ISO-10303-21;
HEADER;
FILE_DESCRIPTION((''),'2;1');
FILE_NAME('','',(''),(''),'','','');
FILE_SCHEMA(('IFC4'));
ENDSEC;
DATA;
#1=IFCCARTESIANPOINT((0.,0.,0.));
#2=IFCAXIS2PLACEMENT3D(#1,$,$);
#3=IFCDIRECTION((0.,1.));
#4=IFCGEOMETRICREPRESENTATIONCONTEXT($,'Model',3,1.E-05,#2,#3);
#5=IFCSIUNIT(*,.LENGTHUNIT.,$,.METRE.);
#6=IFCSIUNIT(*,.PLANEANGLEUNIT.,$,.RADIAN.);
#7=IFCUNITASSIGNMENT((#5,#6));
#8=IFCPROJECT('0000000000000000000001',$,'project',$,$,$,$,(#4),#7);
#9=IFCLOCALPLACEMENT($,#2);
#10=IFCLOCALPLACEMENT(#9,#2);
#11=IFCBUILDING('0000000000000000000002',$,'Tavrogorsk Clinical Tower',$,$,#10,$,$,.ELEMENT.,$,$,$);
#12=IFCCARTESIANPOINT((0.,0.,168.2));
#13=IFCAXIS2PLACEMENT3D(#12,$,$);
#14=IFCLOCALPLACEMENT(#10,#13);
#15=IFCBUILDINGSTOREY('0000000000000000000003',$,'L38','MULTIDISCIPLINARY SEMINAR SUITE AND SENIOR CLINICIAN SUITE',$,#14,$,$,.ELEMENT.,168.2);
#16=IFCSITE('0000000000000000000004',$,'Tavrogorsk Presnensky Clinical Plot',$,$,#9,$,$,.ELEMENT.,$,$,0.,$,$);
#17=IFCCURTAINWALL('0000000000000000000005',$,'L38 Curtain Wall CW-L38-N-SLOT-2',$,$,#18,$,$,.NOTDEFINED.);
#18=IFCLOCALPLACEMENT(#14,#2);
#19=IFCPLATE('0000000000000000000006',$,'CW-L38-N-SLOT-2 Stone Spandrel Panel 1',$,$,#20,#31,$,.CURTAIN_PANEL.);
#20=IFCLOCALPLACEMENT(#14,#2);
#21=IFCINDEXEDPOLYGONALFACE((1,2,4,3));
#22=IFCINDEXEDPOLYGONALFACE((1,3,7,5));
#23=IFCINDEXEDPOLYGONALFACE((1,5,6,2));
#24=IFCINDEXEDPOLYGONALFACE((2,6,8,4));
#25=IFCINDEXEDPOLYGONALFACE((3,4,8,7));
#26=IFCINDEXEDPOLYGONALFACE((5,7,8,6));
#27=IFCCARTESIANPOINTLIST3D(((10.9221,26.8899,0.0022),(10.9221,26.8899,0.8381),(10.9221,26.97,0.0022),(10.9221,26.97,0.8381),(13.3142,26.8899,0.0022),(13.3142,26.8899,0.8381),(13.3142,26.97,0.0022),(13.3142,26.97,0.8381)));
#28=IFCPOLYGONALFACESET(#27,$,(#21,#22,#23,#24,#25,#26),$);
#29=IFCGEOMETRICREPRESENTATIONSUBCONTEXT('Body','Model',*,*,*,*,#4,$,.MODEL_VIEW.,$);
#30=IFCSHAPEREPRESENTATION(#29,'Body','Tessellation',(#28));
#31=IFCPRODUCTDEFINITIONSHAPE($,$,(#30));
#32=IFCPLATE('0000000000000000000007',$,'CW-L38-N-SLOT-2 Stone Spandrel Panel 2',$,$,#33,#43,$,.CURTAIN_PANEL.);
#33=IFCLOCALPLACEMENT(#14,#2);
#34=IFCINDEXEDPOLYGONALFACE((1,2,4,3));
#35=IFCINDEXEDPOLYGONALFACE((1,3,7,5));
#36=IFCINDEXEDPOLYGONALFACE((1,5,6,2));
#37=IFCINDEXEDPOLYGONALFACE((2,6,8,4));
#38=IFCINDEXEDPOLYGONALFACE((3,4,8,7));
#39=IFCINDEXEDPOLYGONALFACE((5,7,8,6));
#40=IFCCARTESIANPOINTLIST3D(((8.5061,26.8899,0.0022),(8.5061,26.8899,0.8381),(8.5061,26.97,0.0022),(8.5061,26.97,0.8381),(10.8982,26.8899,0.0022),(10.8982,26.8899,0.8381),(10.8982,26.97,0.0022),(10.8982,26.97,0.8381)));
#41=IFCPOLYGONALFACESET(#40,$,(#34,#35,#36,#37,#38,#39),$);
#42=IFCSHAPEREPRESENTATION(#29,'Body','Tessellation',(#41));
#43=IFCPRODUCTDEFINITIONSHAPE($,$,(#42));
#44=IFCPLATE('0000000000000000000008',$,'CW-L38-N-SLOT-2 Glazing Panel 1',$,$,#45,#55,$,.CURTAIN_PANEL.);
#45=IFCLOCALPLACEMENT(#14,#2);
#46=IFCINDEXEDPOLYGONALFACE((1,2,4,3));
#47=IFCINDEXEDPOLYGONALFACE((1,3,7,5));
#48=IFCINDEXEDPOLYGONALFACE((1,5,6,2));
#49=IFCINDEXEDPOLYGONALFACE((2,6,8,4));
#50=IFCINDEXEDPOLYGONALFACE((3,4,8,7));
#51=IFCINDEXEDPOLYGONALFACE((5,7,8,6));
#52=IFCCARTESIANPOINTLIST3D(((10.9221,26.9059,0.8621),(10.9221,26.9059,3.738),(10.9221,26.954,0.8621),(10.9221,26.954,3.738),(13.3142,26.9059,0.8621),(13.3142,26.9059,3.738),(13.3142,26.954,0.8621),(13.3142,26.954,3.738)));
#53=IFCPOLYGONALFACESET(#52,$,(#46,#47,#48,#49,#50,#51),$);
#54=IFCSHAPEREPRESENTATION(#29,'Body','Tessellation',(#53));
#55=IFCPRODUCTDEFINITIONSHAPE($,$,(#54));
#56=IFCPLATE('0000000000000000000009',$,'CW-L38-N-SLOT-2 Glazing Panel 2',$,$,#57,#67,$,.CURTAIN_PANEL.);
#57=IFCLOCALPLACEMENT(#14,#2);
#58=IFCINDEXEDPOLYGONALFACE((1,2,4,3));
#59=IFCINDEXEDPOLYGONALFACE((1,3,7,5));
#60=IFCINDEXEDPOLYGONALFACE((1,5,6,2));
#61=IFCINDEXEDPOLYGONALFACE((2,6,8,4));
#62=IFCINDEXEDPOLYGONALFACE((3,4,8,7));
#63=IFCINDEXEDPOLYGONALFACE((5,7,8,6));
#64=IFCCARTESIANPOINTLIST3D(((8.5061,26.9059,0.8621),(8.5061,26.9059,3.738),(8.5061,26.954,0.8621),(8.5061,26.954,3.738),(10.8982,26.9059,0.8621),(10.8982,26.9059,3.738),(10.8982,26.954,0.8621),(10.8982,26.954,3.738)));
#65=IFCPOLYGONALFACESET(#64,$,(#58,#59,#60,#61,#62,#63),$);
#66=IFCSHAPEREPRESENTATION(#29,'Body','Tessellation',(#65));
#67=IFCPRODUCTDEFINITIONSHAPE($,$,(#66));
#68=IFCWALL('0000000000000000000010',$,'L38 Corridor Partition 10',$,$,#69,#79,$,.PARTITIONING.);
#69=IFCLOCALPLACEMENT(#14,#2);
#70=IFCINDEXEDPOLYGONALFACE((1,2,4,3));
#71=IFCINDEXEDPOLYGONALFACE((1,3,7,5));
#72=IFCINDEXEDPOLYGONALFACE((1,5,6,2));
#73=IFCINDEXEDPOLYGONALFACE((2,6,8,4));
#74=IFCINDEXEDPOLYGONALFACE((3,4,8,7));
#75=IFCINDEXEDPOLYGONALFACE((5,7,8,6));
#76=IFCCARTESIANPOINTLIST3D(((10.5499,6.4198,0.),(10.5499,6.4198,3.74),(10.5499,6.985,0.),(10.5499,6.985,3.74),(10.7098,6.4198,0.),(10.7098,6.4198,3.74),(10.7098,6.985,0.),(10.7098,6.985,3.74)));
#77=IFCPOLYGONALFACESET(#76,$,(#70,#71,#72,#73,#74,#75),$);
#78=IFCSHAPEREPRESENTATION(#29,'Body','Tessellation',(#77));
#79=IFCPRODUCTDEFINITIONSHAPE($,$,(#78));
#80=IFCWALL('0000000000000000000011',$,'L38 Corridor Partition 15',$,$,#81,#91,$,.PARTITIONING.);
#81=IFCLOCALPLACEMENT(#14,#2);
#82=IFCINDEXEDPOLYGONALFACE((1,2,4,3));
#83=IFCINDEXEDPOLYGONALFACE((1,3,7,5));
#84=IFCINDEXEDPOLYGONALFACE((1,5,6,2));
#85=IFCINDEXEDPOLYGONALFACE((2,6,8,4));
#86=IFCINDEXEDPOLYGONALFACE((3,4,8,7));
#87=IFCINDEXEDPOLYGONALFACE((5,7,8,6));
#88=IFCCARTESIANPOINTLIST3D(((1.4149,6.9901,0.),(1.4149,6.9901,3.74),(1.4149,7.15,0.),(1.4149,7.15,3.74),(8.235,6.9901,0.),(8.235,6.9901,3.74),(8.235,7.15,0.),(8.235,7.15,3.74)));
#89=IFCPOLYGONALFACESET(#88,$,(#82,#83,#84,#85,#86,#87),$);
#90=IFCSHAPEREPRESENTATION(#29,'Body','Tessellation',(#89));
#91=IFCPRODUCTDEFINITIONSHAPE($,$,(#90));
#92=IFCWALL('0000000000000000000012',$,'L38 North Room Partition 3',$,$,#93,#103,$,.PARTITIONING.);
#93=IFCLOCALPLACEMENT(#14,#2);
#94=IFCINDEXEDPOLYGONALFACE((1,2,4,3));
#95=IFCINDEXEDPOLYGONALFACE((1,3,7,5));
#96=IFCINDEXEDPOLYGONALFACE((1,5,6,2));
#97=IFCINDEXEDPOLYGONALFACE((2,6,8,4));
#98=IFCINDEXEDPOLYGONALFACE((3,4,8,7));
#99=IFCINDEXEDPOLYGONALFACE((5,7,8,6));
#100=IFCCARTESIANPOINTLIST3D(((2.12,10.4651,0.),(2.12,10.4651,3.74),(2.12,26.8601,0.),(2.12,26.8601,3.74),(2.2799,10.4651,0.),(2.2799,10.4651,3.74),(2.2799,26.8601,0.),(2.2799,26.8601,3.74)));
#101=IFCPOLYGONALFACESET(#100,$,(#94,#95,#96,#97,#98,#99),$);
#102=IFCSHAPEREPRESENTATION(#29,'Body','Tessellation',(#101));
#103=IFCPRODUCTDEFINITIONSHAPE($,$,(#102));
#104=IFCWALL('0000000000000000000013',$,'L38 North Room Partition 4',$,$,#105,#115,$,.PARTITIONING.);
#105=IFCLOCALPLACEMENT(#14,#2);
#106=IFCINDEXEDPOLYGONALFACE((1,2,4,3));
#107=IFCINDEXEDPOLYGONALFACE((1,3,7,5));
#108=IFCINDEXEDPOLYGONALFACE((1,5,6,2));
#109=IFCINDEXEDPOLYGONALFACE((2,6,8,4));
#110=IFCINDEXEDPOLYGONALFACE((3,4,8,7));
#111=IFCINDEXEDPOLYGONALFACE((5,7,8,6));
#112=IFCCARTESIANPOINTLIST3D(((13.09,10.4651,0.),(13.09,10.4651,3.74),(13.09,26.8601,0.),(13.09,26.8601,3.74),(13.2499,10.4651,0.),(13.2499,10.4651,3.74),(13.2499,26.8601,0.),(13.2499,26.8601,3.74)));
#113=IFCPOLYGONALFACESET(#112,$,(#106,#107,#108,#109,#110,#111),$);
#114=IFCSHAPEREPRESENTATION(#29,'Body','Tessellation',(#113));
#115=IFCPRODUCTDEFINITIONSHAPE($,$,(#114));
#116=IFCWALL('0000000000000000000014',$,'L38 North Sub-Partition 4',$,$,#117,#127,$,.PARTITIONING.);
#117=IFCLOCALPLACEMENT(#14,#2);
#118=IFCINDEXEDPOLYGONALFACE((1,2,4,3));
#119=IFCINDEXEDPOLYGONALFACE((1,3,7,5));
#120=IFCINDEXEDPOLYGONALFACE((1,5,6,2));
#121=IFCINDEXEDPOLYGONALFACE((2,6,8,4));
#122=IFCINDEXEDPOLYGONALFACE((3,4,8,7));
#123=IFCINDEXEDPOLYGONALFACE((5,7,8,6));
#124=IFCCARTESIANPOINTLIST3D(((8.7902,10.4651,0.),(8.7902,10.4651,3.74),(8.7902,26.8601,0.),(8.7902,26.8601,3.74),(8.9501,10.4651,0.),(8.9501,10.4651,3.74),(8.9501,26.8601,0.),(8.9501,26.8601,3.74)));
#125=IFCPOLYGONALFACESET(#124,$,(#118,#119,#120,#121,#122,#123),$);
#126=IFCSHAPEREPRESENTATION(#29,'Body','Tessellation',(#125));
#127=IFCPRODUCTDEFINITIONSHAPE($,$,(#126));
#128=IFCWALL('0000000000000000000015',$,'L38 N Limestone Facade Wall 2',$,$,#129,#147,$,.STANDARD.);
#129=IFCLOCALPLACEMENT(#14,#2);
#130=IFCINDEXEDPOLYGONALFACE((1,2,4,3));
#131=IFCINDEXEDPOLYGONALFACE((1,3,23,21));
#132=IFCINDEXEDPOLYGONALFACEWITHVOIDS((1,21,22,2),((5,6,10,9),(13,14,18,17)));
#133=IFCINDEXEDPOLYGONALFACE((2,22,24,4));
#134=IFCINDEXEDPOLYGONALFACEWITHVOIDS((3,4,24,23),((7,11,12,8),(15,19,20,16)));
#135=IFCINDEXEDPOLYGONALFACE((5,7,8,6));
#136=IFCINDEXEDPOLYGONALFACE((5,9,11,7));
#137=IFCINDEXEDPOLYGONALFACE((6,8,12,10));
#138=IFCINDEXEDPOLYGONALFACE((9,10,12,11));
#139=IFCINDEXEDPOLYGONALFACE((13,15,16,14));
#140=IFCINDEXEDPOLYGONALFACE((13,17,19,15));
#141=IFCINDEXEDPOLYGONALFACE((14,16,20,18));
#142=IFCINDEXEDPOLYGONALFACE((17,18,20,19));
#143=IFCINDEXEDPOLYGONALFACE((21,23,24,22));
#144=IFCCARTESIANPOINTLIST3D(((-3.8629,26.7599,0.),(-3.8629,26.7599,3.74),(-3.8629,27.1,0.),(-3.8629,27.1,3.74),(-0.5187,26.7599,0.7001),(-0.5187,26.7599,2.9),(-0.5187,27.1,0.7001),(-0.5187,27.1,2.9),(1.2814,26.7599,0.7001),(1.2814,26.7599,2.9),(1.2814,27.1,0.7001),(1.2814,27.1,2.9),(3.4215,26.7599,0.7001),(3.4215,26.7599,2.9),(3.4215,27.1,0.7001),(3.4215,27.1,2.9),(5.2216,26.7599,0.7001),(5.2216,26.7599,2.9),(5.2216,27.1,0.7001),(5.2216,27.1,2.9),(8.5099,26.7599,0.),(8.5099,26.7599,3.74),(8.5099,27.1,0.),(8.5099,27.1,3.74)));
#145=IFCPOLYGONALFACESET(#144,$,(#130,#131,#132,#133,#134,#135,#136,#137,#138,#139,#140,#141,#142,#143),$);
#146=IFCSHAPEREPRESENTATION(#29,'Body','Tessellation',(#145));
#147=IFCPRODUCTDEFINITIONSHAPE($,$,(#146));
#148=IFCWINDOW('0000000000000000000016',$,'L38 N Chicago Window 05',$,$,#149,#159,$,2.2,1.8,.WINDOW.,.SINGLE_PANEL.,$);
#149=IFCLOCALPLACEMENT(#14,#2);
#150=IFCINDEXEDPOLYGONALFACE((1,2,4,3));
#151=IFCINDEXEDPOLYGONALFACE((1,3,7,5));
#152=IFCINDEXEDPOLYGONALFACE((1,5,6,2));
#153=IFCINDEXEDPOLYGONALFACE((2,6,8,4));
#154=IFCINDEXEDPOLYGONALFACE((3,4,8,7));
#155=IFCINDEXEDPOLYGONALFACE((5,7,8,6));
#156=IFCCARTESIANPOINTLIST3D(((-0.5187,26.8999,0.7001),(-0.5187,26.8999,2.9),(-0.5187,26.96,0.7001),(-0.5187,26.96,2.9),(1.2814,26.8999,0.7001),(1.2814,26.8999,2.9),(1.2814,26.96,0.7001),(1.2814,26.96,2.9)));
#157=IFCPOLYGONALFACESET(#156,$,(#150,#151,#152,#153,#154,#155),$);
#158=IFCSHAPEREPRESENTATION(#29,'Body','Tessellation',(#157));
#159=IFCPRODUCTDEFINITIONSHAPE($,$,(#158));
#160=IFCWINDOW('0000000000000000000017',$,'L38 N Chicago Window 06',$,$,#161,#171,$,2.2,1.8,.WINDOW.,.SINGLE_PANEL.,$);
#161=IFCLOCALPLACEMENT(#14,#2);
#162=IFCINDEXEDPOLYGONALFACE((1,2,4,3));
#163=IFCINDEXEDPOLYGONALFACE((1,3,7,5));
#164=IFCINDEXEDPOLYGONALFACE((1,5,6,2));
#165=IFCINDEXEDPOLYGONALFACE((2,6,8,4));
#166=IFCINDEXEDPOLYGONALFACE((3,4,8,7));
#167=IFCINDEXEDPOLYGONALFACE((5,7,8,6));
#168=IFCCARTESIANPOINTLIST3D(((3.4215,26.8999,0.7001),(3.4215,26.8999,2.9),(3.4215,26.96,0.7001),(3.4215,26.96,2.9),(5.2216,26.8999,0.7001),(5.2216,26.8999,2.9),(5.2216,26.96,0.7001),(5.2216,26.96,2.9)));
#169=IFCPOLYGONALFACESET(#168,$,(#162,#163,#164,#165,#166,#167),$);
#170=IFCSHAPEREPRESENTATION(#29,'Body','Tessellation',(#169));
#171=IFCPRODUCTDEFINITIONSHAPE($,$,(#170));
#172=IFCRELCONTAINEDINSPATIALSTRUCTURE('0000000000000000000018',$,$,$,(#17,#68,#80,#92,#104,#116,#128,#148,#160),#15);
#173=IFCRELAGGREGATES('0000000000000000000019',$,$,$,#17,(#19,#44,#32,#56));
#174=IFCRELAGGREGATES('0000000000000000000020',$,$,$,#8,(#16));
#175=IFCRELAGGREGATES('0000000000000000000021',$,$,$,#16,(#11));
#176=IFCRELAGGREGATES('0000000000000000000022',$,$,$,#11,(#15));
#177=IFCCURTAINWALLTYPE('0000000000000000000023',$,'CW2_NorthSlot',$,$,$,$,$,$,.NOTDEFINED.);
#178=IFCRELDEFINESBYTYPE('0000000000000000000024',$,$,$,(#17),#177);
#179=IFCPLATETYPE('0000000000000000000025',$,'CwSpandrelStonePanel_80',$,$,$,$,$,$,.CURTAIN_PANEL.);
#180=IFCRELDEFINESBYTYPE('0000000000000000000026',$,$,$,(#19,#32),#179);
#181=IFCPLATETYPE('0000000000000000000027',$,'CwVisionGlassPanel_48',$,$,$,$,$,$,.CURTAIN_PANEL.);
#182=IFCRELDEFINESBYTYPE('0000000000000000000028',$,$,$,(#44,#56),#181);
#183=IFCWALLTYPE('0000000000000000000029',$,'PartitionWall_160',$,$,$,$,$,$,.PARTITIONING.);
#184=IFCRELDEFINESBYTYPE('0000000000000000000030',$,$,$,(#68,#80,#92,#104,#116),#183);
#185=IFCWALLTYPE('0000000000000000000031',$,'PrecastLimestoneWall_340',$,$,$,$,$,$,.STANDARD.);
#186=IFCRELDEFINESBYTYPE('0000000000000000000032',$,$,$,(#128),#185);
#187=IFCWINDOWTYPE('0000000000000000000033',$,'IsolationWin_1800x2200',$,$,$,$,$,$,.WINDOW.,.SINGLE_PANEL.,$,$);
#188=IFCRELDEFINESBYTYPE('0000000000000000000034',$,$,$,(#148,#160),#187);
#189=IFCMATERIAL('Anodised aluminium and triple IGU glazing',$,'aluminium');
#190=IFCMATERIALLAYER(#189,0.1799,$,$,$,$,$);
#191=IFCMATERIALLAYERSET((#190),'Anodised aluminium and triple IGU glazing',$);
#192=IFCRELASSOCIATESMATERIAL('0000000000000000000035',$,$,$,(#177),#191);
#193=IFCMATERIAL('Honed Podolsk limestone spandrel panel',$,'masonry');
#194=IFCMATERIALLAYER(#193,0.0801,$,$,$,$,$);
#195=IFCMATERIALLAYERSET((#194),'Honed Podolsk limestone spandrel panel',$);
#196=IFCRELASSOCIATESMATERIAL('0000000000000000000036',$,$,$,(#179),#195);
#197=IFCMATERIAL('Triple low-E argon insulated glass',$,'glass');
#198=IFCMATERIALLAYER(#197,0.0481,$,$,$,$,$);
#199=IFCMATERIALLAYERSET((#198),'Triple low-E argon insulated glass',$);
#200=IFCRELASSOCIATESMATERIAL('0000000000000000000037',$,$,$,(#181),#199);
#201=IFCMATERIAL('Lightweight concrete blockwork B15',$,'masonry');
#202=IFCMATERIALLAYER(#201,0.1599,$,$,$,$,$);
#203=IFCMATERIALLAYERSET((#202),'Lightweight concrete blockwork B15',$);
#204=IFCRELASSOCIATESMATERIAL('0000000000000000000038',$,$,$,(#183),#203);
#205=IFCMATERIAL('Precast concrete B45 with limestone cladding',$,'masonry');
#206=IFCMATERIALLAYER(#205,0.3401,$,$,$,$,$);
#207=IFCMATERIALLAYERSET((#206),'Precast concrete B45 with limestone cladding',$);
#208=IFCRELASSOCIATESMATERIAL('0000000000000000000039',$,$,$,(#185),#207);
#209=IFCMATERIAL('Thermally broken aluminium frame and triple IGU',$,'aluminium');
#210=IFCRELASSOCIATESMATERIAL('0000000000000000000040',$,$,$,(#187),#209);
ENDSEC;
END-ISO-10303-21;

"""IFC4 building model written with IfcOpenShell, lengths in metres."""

from ifc_helpers import new_model, si_unit, direction, frame, frame_2d, origin, origin_2d, place, context, subcontext, project, spatial, rectangle, extrude, material, layer, layer_set, type_object, element, fill, aggregate, save


model = new_model("IFC4")

# Units and contexts
model_context = context("Model", 3, precision=1e-05, world=origin(), true_north=direction((0.0, 1.0)))
body_context = subcontext(model_context, "Body", "Model", "MODEL_VIEW")
ifc_project = project(units=[si_unit("LENGTHUNIT", "METRE"), si_unit("PLANEANGLEUNIT", "RADIAN")], contexts=[model_context])

# Site, building, storey
site_placement = place(None, origin())
site = spatial("IfcSite", under=ifc_project, at=site_placement, Name="Tavrogorsk Presnensky Clinical Plot", CompositionType="ELEMENT", RefElevation=0.0)
building_placement = place(site_placement, origin())
building = spatial("IfcBuilding", under=site, at=building_placement, Name="Tavrogorsk Clinical Tower", CompositionType="ELEMENT")
storey_placement = place(building_placement, frame((0.0, 0.0, 168.2)))
storey = spatial("IfcBuildingStorey", under=building, at=storey_placement, Name="L38", Description="MULTIDISCIPLINARY SEMINAR SUITE AND SENIOR CLINICIAN SUITE", CompositionType="ELEMENT", Elevation=168.2)

# Curtain wall
ifc_material_1 = material(Name="Anodised aluminium and triple IGU glazing", Category="aluminium")
ifc_layer_1 = layer(ifc_material_1, 0.1799)
ifc_layer_set_1 = layer_set([ifc_layer_1], Name="Anodised aluminium and triple IGU glazing")
curtain_wall_type = type_object("IfcCurtainWallType", Name="CW2_NorthSlot", PredefinedType="NOTDEFINED", material=ifc_layer_set_1)
curtain_wall_placement = place(storey_placement, origin())
curtain_wall = element("IfcCurtainWall", 1, at=curtain_wall_placement, inside=storey, type_object=curtain_wall_type, Name="L38 Curtain Wall CW-L38-N-SLOT-2", PredefinedType="NOTDEFINED")

# Plates
ifc_material_2 = material(Name="Honed Podolsk limestone spandrel panel", Category="masonry")
ifc_layer_2 = layer(ifc_material_2, 0.0801)
ifc_layer_set_2 = layer_set([ifc_layer_2], Name="Honed Podolsk limestone spandrel panel")
plate_type_1 = type_object("IfcPlateType", Name="CwSpandrelStonePanel_80", PredefinedType="CURTAIN_PANEL", material=ifc_layer_set_2)
plate_1_placement = place(storey_placement, frame((12.1182, 26.9299, 0.0022), z_axis=(0.0, 0.0, 1.0), x_axis=(-1.0, 0.0, 0.0)))
plate_1 = element("IfcPlate", 2, at=plate_1_placement, type_object=plate_type_1, Name="CW-L38-N-SLOT-2 Stone Spandrel Panel 1", PredefinedType="CURTAIN_PANEL", context=body_context, shape_type="SweptSolid", body=[
    extrude(rectangle(XDim=2.3921, YDim=0.0801, at=origin_2d()), origin(), (0.0, 0.0, 1.0), 0.8359),
])
plate_2_placement = place(storey_placement, frame((9.7021, 26.9299, 0.0022), z_axis=(0.0, 0.0, 1.0), x_axis=(-1.0, 0.0, 0.0)))
plate_2 = element("IfcPlate", 3, at=plate_2_placement, type_object=plate_type_1, Name="CW-L38-N-SLOT-2 Stone Spandrel Panel 2", PredefinedType="CURTAIN_PANEL", context=body_context, shape_type="SweptSolid", body=[
    extrude(rectangle(XDim=2.3921, YDim=0.0801, at=origin_2d()), origin(), (0.0, 0.0, 1.0), 0.8359),
])
ifc_material_3 = material(Name="Triple low-E argon insulated glass", Category="glass")
ifc_layer_3 = layer(ifc_material_3, 0.0481)
ifc_layer_set_3 = layer_set([ifc_layer_3], Name="Triple low-E argon insulated glass")
plate_type_2 = type_object("IfcPlateType", Name="CwVisionGlassPanel_48", PredefinedType="CURTAIN_PANEL", material=ifc_layer_set_3)
plate_3_placement = place(storey_placement, frame((12.1182, 26.9299, 0.8621), z_axis=(0.0, 0.0, 1.0), x_axis=(-1.0, 0.0, 0.0)))
plate_3 = element("IfcPlate", 4, at=plate_3_placement, type_object=plate_type_2, Name="CW-L38-N-SLOT-2 Glazing Panel 1", PredefinedType="CURTAIN_PANEL", context=body_context, shape_type="SweptSolid", body=[
    extrude(rectangle(XDim=2.3921, YDim=0.0481, at=origin_2d()), origin(), (0.0, 0.0, 1.0), 2.876),
])
plate_4_placement = place(storey_placement, frame((9.7021, 26.9299, 0.8621), z_axis=(0.0, 0.0, 1.0), x_axis=(-1.0, 0.0, 0.0)))
plate_4 = element("IfcPlate", 5, at=plate_4_placement, type_object=plate_type_2, Name="CW-L38-N-SLOT-2 Glazing Panel 2", PredefinedType="CURTAIN_PANEL", context=body_context, shape_type="SweptSolid", body=[
    extrude(rectangle(XDim=2.3921, YDim=0.0481, at=origin_2d()), origin(), (0.0, 0.0, 1.0), 2.876),
])
aggregate(curtain_wall, [plate_1, plate_3, plate_2, plate_4])

# Walls
ifc_material_4 = material(Name="Lightweight concrete blockwork B15", Category="masonry")
ifc_layer_4 = layer(ifc_material_4, 0.1599)
ifc_layer_set_4 = layer_set([ifc_layer_4], Name="Lightweight concrete blockwork B15")
wall_type_1 = type_object("IfcWallType", Name="PartitionWall_160", PredefinedType="PARTITIONING", material=ifc_layer_set_4)
wall_1_placement = place(storey_placement, frame((10.6299, 6.9851, 0.0), z_axis=(0.0, 0.0, 1.0), x_axis=(0.0, -1.0, 0.0)))
element("IfcWall", 6, at=wall_1_placement, inside=storey, type_object=wall_type_1, Name="L38 Corridor Partition 10", PredefinedType="PARTITIONING", context=body_context, shape_type="SweptSolid", body=[
    extrude(rectangle(XDim=0.5652, YDim=0.1599, at=frame_2d((0.2827, 0.0))), origin(), (0.0, 0.0, 1.0), 3.74),
])
wall_2_placement = place(storey_placement, frame((8.2351, 7.0701, 0.0), z_axis=(0.0, 0.0, 1.0), x_axis=(-1.0, 0.0, 0.0)))
element("IfcWall", 7, at=wall_2_placement, inside=storey, type_object=wall_type_1, Name="L38 Corridor Partition 15", PredefinedType="PARTITIONING", context=body_context, shape_type="SweptSolid", body=[
    extrude(rectangle(XDim=6.8201, YDim=0.1599, at=frame_2d((3.4102, 0.0))), origin(), (0.0, 0.0, 1.0), 3.74),
])
for number, where, z_axis, x_axis, name in (
    (8, (2.2, 10.4651, 0.0), (0.0, 0.0, 1.0), (0.0, 1.0, 0.0), "L38 North Room Partition 3"),
    (9, (13.1699, 10.4651, 0.0), (0.0, 0.0, 1.0), (0.0, 1.0, 0.0), "L38 North Room Partition 4"),
    (10, (8.8701, 10.4651, 0.0), (0.0, 0.0, 1.0), (0.0, 1.0, 0.0), "L38 North Sub-Partition 4"),
):
    element("IfcWall", number, at=place(storey_placement, frame(where, z_axis=z_axis, x_axis=x_axis)), inside=storey, type_object=wall_type_1, Name=name, PredefinedType="PARTITIONING", context=body_context, shape_type="SweptSolid", body=[
        extrude(rectangle(XDim=16.395, YDim=0.1599, at=frame_2d((8.1975, 0.0))), origin(), (0.0, 0.0, 1.0), 3.74),
    ])

# Wall, openings, windows
ifc_material_5 = material(Name="Precast concrete B45 with limestone cladding", Category="masonry")
ifc_layer_5 = layer(ifc_material_5, 0.3401)
ifc_layer_set_5 = layer_set([ifc_layer_5], Name="Precast concrete B45 with limestone cladding")
wall_type_2 = type_object("IfcWallType", Name="PrecastLimestoneWall_340", PredefinedType="STANDARD", material=ifc_layer_set_5)
wall_3_placement = place(storey_placement, frame((8.51, 26.9299, 0.0), z_axis=(0.0, 0.0, 1.0), x_axis=(-1.0, 0.0, 0.0)))
wall_3 = element("IfcWall", 11, at=wall_3_placement, inside=storey, type_object=wall_type_2, Name="L38 N Limestone Facade Wall 2", PredefinedType="STANDARD", context=body_context, shape_type="SweptSolid", body=[
    extrude(rectangle(XDim=12.3728, YDim=0.3401, at=frame_2d((6.1865, 0.0))), origin(), (0.0, 0.0, 1.0), 3.74),
])
opening_1_placement = place(wall_3_placement, frame((7.2288, 0.0, 0.7)))
opening_1 = element("IfcOpeningElement", 12, at=opening_1_placement, cuts=wall_3, PredefinedType="OPENING", context=body_context, shape_type="SweptSolid", body=[
    extrude(rectangle(XDim=1.8, YDim=2.2, at=frame_2d((0.8999, 1.1001))), frame((0.0, 0.1799, 0.0), z_axis=(0.0, -1.0, 0.0), x_axis=(1.0, 0.0, 0.0)), (0.0, 0.0, 1.0), 0.3601),
])
opening_2_placement = place(wall_3_placement, frame((3.2886, 0.0, 0.7)))
opening_2 = element("IfcOpeningElement", 13, at=opening_2_placement, cuts=wall_3, PredefinedType="OPENING", context=body_context, shape_type="SweptSolid", body=[
    extrude(rectangle(XDim=1.8, YDim=2.2, at=frame_2d((0.8999, 1.1001))), frame((0.0, 0.1799, 0.0), z_axis=(0.0, -1.0, 0.0), x_axis=(1.0, 0.0, 0.0)), (0.0, 0.0, 1.0), 0.3601),
])
ifc_material_6 = material(Name="Thermally broken aluminium frame and triple IGU", Category="aluminium")
window_type = type_object("IfcWindowType", Name="IsolationWin_1800x2200", PartitioningType="SINGLE_PANEL", PredefinedType="WINDOW", material=ifc_material_6)
window_1_placement = place(opening_1_placement, origin())
window_1 = element("IfcWindow", 14, at=window_1_placement, inside=storey, type_object=window_type, Name="L38 N Chicago Window 05", OverallHeight=2.2, OverallWidth=1.8, PartitioningType="SINGLE_PANEL", PredefinedType="WINDOW", context=body_context, shape_type="SweptSolid", body=[
    extrude(rectangle(XDim=1.8, YDim=2.2, at=frame_2d((0.8999, 1.1001))), frame((0.0, 0.03, 0.0), z_axis=(0.0, -1.0, 0.0), x_axis=(1.0, 0.0, 0.0)), (0.0, 0.0, 1.0), 0.0601),
])
fill(opening_1, window_1)
window_2_placement = place(opening_2_placement, origin())
window_2 = element("IfcWindow", 15, at=window_2_placement, inside=storey, type_object=window_type, Name="L38 N Chicago Window 06", OverallHeight=2.2, OverallWidth=1.8, PartitioningType="SINGLE_PANEL", PredefinedType="WINDOW", context=body_context, shape_type="SweptSolid", body=[
    extrude(rectangle(XDim=1.8, YDim=2.2, at=frame_2d((0.8999, 1.1001))), frame((0.0, 0.03, 0.0), z_axis=(0.0, -1.0, 0.0), x_axis=(1.0, 0.0, 0.0)), (0.0, 0.0, 1.0), 0.0601),
])
fill(opening_2, window_2)

save(model, "model.ifc")
